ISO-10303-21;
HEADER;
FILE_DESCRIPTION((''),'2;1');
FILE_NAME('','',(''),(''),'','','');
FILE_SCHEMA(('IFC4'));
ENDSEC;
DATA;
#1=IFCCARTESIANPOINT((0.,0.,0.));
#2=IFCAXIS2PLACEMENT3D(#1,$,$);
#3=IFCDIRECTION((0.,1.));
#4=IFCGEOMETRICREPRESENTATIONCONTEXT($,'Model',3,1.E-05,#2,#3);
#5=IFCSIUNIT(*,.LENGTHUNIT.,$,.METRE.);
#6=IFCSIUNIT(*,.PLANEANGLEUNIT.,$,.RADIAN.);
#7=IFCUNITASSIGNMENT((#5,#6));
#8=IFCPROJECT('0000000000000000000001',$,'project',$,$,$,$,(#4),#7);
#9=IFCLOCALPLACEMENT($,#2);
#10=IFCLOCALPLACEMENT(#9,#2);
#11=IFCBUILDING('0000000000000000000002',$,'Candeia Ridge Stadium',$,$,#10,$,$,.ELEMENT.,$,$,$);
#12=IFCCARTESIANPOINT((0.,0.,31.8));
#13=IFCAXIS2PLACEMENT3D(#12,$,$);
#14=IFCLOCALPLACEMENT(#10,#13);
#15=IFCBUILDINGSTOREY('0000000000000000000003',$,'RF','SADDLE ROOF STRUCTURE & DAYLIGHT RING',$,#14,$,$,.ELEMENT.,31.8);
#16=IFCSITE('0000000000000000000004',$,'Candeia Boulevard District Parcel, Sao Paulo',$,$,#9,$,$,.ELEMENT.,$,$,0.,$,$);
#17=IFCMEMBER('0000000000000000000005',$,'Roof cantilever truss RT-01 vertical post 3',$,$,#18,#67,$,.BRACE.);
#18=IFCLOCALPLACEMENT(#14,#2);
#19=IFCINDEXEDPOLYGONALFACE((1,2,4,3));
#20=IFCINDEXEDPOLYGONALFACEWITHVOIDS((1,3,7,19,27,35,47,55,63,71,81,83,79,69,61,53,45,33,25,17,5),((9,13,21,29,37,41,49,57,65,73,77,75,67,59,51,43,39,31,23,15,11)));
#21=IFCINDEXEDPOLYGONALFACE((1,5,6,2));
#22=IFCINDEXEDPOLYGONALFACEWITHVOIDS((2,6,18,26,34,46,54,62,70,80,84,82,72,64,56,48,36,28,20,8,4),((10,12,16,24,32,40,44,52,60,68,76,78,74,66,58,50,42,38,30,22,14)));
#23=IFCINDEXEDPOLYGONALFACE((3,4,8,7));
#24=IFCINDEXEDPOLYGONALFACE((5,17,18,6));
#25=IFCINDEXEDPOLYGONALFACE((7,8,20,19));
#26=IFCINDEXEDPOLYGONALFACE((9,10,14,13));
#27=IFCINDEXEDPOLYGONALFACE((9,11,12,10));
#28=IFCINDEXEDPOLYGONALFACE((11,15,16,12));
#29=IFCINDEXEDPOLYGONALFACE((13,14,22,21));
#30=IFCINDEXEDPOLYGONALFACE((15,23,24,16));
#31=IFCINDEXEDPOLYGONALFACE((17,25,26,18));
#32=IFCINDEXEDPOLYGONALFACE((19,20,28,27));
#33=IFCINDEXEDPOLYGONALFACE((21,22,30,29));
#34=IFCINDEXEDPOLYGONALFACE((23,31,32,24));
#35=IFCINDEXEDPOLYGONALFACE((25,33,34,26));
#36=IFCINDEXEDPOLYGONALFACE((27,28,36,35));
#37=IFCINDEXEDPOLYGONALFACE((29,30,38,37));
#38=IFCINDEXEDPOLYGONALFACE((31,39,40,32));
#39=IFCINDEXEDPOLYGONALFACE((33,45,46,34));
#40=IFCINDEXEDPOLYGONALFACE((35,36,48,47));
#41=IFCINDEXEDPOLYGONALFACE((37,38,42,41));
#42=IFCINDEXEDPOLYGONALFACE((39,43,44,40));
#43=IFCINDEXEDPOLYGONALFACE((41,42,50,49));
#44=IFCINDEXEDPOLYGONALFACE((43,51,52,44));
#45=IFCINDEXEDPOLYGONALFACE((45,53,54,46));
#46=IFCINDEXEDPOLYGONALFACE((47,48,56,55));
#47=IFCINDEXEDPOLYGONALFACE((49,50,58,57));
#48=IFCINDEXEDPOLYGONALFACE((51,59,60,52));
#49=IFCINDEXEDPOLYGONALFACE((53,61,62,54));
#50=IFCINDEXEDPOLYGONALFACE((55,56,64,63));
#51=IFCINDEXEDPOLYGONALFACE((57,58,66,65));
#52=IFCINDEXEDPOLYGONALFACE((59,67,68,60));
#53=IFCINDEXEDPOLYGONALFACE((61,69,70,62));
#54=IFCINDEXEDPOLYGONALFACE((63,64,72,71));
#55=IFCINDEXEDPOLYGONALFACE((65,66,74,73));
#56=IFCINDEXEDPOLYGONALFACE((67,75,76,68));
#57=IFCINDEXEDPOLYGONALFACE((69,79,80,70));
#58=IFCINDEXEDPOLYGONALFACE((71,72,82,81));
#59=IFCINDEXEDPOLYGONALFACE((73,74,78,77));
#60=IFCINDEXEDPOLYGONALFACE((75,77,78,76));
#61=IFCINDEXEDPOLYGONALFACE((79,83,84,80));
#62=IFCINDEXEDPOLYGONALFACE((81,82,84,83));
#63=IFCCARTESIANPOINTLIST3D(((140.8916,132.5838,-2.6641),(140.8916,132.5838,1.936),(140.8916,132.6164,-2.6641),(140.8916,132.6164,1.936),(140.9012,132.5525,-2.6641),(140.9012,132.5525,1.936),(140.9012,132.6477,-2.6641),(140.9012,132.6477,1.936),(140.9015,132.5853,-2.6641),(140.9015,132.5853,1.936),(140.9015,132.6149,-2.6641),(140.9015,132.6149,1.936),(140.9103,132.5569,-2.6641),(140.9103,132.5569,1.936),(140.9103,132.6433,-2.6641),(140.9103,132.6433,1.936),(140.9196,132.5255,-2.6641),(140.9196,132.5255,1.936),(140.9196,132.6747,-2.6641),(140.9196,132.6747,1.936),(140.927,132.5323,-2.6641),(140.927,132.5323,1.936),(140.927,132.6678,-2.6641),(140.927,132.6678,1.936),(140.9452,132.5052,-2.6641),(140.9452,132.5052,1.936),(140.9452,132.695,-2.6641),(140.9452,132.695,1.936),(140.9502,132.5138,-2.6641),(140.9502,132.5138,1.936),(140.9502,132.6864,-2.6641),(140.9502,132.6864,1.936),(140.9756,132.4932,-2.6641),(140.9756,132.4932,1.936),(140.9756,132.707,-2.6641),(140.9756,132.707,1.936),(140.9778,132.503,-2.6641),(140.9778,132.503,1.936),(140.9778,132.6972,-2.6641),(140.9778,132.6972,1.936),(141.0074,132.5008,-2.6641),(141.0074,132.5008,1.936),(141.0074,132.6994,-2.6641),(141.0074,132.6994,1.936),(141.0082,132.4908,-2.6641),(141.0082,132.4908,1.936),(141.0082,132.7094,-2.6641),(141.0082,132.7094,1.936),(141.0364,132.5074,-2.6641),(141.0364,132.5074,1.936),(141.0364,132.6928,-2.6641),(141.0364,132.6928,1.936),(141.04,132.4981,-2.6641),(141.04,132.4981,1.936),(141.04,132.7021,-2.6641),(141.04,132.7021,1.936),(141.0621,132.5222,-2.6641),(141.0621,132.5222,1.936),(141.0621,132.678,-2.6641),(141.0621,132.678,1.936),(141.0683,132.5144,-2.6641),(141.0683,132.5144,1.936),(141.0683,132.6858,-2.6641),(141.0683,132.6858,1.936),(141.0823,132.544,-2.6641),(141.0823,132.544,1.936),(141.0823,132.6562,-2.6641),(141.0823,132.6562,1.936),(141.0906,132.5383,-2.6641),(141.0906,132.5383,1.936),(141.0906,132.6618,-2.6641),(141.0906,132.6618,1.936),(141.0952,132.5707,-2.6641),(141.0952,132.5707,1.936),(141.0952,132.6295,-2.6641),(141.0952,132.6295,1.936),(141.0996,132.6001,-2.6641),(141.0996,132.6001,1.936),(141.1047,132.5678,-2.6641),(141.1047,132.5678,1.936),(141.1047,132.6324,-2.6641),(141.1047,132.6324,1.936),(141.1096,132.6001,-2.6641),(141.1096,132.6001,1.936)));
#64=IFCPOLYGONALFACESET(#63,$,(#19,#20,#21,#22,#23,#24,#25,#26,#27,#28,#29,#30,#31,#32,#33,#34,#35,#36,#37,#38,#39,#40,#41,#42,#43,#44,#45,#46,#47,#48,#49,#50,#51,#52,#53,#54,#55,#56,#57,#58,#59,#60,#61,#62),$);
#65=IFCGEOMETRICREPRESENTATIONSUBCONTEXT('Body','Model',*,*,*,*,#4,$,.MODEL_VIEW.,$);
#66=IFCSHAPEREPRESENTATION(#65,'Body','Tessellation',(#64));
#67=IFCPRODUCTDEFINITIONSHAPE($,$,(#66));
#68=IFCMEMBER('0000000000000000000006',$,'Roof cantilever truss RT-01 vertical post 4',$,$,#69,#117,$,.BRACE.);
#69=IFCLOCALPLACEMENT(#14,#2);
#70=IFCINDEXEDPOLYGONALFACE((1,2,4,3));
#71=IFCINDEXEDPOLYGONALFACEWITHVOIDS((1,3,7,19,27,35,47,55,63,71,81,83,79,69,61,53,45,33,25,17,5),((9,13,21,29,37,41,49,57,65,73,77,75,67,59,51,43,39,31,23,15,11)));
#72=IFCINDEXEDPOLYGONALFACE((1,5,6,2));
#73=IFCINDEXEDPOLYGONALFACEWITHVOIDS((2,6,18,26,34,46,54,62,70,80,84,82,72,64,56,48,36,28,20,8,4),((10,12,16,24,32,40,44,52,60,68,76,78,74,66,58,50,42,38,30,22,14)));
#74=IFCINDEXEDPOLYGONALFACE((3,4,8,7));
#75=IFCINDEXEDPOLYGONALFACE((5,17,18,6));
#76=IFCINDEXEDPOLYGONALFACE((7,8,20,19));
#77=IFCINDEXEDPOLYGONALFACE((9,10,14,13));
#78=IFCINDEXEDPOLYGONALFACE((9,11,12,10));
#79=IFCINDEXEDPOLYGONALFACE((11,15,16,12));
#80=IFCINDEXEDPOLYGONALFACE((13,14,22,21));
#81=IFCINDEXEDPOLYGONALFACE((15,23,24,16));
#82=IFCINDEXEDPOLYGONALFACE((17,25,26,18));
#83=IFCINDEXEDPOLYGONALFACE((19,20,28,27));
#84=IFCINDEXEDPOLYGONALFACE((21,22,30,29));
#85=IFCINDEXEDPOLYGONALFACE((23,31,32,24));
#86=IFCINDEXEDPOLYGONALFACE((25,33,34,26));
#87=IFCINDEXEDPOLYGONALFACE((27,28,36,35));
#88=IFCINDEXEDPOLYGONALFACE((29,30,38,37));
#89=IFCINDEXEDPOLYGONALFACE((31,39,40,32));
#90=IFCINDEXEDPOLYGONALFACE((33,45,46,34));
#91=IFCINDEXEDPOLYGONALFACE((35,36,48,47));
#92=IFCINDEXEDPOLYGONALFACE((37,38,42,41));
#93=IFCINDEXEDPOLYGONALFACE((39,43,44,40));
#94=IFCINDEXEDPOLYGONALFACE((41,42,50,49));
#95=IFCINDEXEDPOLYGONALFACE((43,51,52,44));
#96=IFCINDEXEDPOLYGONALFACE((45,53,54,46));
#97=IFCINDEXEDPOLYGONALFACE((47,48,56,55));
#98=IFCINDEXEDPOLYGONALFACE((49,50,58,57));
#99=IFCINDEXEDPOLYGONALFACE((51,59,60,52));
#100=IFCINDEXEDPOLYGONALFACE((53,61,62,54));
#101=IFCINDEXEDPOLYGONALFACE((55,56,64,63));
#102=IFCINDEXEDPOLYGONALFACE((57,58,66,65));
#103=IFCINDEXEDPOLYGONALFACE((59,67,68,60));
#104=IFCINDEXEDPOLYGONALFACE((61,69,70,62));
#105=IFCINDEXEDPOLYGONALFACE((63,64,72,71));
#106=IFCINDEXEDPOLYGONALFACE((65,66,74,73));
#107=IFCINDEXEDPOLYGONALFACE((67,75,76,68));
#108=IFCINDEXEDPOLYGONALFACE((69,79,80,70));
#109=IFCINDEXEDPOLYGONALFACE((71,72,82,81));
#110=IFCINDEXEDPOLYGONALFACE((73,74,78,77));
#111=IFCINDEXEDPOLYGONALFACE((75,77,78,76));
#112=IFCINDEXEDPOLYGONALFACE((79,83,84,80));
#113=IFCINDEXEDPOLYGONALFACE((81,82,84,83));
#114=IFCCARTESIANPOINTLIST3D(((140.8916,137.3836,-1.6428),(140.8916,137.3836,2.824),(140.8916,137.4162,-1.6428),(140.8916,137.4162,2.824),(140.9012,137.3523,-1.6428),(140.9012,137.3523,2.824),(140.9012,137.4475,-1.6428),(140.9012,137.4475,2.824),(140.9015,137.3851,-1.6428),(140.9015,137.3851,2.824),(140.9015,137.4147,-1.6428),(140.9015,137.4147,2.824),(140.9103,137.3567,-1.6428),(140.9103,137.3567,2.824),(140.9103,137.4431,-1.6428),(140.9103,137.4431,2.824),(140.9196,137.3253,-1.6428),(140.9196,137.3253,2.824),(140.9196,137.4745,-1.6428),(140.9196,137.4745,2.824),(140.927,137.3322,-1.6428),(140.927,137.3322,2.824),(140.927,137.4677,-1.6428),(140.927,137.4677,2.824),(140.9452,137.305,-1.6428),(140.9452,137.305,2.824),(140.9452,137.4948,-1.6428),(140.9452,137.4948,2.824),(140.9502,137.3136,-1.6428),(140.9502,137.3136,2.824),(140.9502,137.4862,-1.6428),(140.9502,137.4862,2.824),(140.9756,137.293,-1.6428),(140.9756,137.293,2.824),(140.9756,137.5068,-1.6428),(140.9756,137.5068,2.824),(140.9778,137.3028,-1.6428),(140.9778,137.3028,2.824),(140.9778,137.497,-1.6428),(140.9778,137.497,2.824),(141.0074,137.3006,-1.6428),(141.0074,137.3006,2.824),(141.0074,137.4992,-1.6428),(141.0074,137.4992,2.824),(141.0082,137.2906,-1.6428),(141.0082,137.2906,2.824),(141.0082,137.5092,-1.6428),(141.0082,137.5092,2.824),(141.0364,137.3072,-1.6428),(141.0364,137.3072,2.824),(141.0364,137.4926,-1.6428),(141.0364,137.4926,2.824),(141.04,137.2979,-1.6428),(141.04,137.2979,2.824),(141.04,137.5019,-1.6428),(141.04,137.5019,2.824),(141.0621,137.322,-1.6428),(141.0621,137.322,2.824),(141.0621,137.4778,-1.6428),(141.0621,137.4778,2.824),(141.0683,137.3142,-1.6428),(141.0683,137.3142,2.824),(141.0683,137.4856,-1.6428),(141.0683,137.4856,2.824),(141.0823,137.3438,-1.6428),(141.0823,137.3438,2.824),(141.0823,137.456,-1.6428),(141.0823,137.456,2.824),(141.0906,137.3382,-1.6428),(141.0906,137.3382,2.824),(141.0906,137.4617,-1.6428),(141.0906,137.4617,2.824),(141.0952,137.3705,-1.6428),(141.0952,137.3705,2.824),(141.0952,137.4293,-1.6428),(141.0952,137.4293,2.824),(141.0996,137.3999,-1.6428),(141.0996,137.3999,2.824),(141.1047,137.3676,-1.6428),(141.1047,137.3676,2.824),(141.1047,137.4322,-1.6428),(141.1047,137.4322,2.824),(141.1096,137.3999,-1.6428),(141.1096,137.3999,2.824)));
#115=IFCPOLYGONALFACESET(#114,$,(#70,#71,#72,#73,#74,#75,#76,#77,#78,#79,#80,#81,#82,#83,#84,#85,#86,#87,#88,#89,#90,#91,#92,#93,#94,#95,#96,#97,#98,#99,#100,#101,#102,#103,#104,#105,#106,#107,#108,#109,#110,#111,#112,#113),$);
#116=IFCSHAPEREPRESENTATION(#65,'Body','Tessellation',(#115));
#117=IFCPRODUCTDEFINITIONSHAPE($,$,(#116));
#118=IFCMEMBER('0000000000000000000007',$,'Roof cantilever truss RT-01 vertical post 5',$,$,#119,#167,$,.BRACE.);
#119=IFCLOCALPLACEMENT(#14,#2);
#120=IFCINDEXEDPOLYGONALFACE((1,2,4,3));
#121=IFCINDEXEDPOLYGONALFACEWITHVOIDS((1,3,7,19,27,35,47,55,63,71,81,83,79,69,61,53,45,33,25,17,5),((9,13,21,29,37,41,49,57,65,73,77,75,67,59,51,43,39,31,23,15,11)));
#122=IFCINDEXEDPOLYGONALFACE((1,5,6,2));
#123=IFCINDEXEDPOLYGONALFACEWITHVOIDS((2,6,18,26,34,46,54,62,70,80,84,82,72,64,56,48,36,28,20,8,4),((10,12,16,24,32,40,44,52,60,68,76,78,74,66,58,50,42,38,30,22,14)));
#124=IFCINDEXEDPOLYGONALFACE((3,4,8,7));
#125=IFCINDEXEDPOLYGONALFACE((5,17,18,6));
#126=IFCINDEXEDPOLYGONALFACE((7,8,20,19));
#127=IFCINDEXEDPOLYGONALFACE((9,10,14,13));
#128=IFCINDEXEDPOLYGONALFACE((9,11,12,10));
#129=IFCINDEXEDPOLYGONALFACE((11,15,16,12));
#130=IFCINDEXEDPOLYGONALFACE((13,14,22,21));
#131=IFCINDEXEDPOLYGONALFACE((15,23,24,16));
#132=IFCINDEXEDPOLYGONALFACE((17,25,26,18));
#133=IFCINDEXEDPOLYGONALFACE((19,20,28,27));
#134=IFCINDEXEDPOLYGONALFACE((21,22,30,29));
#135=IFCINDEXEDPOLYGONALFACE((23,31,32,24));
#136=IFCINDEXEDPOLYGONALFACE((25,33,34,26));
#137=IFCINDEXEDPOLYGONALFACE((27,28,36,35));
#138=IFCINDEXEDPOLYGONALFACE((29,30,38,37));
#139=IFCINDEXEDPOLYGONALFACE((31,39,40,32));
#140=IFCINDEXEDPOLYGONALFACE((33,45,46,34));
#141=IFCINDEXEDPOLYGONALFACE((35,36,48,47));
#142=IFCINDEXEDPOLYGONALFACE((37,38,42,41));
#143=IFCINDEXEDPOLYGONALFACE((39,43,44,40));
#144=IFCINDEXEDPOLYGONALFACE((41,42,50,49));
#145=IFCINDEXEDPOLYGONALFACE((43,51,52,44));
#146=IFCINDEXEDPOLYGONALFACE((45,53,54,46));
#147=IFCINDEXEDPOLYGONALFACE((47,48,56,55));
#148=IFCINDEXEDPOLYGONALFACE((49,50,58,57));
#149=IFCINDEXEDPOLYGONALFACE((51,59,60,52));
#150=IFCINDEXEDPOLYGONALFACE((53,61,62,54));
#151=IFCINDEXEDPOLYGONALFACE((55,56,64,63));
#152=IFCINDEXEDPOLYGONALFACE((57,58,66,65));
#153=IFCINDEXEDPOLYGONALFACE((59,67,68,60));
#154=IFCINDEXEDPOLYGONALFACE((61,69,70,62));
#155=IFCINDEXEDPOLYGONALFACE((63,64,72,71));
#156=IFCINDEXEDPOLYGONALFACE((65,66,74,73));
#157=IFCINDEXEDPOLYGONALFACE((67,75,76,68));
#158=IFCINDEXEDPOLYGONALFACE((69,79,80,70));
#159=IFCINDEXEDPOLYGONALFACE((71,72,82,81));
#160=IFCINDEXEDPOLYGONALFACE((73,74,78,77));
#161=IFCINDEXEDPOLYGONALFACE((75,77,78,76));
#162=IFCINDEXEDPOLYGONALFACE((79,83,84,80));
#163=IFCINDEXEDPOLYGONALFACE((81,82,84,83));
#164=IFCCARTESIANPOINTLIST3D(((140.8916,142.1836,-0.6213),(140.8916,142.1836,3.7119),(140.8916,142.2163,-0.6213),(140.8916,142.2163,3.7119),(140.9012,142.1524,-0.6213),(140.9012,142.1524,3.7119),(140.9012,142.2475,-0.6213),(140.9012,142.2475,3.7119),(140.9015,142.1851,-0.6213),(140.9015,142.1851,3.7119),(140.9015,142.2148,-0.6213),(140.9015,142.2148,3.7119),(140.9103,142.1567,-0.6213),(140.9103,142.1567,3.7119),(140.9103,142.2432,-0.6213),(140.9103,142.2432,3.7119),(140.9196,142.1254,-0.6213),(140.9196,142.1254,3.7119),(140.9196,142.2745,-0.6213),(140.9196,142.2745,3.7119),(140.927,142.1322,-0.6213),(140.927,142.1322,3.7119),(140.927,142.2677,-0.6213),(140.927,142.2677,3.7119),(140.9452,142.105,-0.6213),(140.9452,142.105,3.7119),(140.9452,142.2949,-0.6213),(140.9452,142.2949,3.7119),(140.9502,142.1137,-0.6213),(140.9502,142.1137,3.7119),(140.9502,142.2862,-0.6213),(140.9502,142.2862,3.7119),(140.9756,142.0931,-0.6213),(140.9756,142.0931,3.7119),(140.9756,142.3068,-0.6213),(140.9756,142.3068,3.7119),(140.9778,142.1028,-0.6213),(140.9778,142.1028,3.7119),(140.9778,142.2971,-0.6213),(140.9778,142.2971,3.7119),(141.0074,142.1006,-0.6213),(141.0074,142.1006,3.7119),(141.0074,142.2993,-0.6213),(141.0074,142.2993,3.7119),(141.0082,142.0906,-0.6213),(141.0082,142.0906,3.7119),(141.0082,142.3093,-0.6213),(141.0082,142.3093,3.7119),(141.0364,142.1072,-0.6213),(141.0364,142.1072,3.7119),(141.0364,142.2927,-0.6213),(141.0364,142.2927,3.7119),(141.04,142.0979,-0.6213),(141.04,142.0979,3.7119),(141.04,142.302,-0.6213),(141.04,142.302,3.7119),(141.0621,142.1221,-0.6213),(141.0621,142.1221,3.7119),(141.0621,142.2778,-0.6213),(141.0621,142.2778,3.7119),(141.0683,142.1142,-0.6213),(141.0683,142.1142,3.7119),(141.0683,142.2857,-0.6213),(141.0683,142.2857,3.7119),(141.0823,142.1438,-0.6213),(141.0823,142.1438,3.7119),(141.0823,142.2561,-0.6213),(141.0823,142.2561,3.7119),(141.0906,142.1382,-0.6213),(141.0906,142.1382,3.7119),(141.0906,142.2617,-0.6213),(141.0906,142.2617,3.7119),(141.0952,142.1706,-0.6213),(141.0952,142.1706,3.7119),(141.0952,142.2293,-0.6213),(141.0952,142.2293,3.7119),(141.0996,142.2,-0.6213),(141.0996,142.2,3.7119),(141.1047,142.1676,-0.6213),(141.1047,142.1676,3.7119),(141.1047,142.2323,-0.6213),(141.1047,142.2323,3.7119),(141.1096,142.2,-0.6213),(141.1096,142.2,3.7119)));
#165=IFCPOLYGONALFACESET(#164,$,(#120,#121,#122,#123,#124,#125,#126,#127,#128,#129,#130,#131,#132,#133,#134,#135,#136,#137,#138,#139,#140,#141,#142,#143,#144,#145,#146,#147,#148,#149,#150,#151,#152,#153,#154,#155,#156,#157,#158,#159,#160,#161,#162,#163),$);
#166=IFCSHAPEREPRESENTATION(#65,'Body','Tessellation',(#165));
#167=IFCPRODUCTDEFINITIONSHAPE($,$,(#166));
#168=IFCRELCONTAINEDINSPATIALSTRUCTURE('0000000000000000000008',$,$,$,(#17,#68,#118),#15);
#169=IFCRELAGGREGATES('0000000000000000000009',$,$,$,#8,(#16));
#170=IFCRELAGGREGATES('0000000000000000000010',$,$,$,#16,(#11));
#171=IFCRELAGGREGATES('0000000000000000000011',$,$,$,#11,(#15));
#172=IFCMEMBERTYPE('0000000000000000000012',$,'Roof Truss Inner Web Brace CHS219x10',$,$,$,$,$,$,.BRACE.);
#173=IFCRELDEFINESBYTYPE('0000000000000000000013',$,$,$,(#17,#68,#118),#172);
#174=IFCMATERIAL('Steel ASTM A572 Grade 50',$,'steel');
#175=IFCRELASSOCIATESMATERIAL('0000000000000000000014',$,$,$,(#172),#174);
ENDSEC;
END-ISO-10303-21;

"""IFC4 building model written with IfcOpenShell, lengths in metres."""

from ifc_helpers import new_model, si_unit, direction, frame, origin, origin_2d, place, context, subcontext, project, spatial, hollow_circle, extrude, material, material_profile, profile_set, type_object, element, save


model = new_model("IFC4")

# Units and contexts
model_context = context("Model", 3, precision=1e-05, world=origin(), true_north=direction((0.0, 1.0)))
body_context = subcontext(model_context, "Body", "Model", "MODEL_VIEW")
ifc_project = project(units=[si_unit("LENGTHUNIT", "METRE"), si_unit("PLANEANGLEUNIT", "RADIAN")], contexts=[model_context])

# Site, building, storey
site_placement = place(None, origin())
site = spatial("IfcSite", under=ifc_project, at=site_placement, Name="Candeia Boulevard District Parcel, Sao Paulo", CompositionType="ELEMENT", RefElevation=0.0)
building_placement = place(site_placement, origin())
building = spatial("IfcBuilding", under=site, at=building_placement, Name="Candeia Ridge Stadium", CompositionType="ELEMENT")
storey_placement = place(building_placement, frame((0.0, 0.0, 31.8)))
storey = spatial("IfcBuildingStorey", under=building, at=storey_placement, Name="RF", Description="SADDLE ROOF STRUCTURE & DAYLIGHT RING", CompositionType="ELEMENT", Elevation=31.8)

# Shared definitions
ifc_material_1 = material(Name="Steel ASTM A572 Grade 50", Category="steel")

# Members
ifc_material_profile_1 = material_profile(ifc_material_1, hollow_circle(Radius=0.1096, WallThickness=0.01, at=origin_2d()), Name="CHS219x10", Category="steel")
ifc_profile_set_1 = profile_set([ifc_material_profile_1], Name="Steel ASTM A572 Grade 50")
member_type_1 = type_object("IfcMemberType", Name="Roof Truss Inner Web Brace CHS219x10", PredefinedType="BRACE", material=ifc_profile_set_1)
member_1_placement = place(storey_placement, frame((141.0, 132.6001, -2.6641), z_axis=(0.0, 0.0, 1.0), x_axis=(1.0, 0.0, 0.0)))
element("IfcMember", 1, at=member_1_placement, inside=storey, type_object=member_type_1, Name="Roof cantilever truss RT-01 vertical post 3", PredefinedType="BRACE", context=body_context, shape_type="SweptSolid", body=[
    extrude(hollow_circle(Radius=0.1096, WallThickness=0.01, at=origin_2d()), origin(), (0.0, 0.0, 1.0), 4.6001),
])
member_2_placement = place(storey_placement, frame((141.0, 137.3999, -1.6428), z_axis=(0.0, 0.0, 1.0), x_axis=(1.0, 0.0, 0.0)))
element("IfcMember", 2, at=member_2_placement, inside=storey, type_object=member_type_1, Name="Roof cantilever truss RT-01 vertical post 4", PredefinedType="BRACE", context=body_context, shape_type="SweptSolid", body=[
    extrude(hollow_circle(Radius=0.1096, WallThickness=0.01, at=origin_2d()), origin(), (0.0, 0.0, 1.0), 4.4668),
])
member_3_placement = place(storey_placement, frame((141.0, 142.2, -0.6213), z_axis=(0.0, 0.0, 1.0), x_axis=(1.0, 0.0, 0.0)))
element("IfcMember", 3, at=member_3_placement, inside=storey, type_object=member_type_1, Name="Roof cantilever truss RT-01 vertical post 5", PredefinedType="BRACE", context=body_context, shape_type="SweptSolid", body=[
    extrude(hollow_circle(Radius=0.1096, WallThickness=0.01, at=origin_2d()), origin(), (0.0, 0.0, 1.0), 4.3333),
])

save(model, "model.ifc")
